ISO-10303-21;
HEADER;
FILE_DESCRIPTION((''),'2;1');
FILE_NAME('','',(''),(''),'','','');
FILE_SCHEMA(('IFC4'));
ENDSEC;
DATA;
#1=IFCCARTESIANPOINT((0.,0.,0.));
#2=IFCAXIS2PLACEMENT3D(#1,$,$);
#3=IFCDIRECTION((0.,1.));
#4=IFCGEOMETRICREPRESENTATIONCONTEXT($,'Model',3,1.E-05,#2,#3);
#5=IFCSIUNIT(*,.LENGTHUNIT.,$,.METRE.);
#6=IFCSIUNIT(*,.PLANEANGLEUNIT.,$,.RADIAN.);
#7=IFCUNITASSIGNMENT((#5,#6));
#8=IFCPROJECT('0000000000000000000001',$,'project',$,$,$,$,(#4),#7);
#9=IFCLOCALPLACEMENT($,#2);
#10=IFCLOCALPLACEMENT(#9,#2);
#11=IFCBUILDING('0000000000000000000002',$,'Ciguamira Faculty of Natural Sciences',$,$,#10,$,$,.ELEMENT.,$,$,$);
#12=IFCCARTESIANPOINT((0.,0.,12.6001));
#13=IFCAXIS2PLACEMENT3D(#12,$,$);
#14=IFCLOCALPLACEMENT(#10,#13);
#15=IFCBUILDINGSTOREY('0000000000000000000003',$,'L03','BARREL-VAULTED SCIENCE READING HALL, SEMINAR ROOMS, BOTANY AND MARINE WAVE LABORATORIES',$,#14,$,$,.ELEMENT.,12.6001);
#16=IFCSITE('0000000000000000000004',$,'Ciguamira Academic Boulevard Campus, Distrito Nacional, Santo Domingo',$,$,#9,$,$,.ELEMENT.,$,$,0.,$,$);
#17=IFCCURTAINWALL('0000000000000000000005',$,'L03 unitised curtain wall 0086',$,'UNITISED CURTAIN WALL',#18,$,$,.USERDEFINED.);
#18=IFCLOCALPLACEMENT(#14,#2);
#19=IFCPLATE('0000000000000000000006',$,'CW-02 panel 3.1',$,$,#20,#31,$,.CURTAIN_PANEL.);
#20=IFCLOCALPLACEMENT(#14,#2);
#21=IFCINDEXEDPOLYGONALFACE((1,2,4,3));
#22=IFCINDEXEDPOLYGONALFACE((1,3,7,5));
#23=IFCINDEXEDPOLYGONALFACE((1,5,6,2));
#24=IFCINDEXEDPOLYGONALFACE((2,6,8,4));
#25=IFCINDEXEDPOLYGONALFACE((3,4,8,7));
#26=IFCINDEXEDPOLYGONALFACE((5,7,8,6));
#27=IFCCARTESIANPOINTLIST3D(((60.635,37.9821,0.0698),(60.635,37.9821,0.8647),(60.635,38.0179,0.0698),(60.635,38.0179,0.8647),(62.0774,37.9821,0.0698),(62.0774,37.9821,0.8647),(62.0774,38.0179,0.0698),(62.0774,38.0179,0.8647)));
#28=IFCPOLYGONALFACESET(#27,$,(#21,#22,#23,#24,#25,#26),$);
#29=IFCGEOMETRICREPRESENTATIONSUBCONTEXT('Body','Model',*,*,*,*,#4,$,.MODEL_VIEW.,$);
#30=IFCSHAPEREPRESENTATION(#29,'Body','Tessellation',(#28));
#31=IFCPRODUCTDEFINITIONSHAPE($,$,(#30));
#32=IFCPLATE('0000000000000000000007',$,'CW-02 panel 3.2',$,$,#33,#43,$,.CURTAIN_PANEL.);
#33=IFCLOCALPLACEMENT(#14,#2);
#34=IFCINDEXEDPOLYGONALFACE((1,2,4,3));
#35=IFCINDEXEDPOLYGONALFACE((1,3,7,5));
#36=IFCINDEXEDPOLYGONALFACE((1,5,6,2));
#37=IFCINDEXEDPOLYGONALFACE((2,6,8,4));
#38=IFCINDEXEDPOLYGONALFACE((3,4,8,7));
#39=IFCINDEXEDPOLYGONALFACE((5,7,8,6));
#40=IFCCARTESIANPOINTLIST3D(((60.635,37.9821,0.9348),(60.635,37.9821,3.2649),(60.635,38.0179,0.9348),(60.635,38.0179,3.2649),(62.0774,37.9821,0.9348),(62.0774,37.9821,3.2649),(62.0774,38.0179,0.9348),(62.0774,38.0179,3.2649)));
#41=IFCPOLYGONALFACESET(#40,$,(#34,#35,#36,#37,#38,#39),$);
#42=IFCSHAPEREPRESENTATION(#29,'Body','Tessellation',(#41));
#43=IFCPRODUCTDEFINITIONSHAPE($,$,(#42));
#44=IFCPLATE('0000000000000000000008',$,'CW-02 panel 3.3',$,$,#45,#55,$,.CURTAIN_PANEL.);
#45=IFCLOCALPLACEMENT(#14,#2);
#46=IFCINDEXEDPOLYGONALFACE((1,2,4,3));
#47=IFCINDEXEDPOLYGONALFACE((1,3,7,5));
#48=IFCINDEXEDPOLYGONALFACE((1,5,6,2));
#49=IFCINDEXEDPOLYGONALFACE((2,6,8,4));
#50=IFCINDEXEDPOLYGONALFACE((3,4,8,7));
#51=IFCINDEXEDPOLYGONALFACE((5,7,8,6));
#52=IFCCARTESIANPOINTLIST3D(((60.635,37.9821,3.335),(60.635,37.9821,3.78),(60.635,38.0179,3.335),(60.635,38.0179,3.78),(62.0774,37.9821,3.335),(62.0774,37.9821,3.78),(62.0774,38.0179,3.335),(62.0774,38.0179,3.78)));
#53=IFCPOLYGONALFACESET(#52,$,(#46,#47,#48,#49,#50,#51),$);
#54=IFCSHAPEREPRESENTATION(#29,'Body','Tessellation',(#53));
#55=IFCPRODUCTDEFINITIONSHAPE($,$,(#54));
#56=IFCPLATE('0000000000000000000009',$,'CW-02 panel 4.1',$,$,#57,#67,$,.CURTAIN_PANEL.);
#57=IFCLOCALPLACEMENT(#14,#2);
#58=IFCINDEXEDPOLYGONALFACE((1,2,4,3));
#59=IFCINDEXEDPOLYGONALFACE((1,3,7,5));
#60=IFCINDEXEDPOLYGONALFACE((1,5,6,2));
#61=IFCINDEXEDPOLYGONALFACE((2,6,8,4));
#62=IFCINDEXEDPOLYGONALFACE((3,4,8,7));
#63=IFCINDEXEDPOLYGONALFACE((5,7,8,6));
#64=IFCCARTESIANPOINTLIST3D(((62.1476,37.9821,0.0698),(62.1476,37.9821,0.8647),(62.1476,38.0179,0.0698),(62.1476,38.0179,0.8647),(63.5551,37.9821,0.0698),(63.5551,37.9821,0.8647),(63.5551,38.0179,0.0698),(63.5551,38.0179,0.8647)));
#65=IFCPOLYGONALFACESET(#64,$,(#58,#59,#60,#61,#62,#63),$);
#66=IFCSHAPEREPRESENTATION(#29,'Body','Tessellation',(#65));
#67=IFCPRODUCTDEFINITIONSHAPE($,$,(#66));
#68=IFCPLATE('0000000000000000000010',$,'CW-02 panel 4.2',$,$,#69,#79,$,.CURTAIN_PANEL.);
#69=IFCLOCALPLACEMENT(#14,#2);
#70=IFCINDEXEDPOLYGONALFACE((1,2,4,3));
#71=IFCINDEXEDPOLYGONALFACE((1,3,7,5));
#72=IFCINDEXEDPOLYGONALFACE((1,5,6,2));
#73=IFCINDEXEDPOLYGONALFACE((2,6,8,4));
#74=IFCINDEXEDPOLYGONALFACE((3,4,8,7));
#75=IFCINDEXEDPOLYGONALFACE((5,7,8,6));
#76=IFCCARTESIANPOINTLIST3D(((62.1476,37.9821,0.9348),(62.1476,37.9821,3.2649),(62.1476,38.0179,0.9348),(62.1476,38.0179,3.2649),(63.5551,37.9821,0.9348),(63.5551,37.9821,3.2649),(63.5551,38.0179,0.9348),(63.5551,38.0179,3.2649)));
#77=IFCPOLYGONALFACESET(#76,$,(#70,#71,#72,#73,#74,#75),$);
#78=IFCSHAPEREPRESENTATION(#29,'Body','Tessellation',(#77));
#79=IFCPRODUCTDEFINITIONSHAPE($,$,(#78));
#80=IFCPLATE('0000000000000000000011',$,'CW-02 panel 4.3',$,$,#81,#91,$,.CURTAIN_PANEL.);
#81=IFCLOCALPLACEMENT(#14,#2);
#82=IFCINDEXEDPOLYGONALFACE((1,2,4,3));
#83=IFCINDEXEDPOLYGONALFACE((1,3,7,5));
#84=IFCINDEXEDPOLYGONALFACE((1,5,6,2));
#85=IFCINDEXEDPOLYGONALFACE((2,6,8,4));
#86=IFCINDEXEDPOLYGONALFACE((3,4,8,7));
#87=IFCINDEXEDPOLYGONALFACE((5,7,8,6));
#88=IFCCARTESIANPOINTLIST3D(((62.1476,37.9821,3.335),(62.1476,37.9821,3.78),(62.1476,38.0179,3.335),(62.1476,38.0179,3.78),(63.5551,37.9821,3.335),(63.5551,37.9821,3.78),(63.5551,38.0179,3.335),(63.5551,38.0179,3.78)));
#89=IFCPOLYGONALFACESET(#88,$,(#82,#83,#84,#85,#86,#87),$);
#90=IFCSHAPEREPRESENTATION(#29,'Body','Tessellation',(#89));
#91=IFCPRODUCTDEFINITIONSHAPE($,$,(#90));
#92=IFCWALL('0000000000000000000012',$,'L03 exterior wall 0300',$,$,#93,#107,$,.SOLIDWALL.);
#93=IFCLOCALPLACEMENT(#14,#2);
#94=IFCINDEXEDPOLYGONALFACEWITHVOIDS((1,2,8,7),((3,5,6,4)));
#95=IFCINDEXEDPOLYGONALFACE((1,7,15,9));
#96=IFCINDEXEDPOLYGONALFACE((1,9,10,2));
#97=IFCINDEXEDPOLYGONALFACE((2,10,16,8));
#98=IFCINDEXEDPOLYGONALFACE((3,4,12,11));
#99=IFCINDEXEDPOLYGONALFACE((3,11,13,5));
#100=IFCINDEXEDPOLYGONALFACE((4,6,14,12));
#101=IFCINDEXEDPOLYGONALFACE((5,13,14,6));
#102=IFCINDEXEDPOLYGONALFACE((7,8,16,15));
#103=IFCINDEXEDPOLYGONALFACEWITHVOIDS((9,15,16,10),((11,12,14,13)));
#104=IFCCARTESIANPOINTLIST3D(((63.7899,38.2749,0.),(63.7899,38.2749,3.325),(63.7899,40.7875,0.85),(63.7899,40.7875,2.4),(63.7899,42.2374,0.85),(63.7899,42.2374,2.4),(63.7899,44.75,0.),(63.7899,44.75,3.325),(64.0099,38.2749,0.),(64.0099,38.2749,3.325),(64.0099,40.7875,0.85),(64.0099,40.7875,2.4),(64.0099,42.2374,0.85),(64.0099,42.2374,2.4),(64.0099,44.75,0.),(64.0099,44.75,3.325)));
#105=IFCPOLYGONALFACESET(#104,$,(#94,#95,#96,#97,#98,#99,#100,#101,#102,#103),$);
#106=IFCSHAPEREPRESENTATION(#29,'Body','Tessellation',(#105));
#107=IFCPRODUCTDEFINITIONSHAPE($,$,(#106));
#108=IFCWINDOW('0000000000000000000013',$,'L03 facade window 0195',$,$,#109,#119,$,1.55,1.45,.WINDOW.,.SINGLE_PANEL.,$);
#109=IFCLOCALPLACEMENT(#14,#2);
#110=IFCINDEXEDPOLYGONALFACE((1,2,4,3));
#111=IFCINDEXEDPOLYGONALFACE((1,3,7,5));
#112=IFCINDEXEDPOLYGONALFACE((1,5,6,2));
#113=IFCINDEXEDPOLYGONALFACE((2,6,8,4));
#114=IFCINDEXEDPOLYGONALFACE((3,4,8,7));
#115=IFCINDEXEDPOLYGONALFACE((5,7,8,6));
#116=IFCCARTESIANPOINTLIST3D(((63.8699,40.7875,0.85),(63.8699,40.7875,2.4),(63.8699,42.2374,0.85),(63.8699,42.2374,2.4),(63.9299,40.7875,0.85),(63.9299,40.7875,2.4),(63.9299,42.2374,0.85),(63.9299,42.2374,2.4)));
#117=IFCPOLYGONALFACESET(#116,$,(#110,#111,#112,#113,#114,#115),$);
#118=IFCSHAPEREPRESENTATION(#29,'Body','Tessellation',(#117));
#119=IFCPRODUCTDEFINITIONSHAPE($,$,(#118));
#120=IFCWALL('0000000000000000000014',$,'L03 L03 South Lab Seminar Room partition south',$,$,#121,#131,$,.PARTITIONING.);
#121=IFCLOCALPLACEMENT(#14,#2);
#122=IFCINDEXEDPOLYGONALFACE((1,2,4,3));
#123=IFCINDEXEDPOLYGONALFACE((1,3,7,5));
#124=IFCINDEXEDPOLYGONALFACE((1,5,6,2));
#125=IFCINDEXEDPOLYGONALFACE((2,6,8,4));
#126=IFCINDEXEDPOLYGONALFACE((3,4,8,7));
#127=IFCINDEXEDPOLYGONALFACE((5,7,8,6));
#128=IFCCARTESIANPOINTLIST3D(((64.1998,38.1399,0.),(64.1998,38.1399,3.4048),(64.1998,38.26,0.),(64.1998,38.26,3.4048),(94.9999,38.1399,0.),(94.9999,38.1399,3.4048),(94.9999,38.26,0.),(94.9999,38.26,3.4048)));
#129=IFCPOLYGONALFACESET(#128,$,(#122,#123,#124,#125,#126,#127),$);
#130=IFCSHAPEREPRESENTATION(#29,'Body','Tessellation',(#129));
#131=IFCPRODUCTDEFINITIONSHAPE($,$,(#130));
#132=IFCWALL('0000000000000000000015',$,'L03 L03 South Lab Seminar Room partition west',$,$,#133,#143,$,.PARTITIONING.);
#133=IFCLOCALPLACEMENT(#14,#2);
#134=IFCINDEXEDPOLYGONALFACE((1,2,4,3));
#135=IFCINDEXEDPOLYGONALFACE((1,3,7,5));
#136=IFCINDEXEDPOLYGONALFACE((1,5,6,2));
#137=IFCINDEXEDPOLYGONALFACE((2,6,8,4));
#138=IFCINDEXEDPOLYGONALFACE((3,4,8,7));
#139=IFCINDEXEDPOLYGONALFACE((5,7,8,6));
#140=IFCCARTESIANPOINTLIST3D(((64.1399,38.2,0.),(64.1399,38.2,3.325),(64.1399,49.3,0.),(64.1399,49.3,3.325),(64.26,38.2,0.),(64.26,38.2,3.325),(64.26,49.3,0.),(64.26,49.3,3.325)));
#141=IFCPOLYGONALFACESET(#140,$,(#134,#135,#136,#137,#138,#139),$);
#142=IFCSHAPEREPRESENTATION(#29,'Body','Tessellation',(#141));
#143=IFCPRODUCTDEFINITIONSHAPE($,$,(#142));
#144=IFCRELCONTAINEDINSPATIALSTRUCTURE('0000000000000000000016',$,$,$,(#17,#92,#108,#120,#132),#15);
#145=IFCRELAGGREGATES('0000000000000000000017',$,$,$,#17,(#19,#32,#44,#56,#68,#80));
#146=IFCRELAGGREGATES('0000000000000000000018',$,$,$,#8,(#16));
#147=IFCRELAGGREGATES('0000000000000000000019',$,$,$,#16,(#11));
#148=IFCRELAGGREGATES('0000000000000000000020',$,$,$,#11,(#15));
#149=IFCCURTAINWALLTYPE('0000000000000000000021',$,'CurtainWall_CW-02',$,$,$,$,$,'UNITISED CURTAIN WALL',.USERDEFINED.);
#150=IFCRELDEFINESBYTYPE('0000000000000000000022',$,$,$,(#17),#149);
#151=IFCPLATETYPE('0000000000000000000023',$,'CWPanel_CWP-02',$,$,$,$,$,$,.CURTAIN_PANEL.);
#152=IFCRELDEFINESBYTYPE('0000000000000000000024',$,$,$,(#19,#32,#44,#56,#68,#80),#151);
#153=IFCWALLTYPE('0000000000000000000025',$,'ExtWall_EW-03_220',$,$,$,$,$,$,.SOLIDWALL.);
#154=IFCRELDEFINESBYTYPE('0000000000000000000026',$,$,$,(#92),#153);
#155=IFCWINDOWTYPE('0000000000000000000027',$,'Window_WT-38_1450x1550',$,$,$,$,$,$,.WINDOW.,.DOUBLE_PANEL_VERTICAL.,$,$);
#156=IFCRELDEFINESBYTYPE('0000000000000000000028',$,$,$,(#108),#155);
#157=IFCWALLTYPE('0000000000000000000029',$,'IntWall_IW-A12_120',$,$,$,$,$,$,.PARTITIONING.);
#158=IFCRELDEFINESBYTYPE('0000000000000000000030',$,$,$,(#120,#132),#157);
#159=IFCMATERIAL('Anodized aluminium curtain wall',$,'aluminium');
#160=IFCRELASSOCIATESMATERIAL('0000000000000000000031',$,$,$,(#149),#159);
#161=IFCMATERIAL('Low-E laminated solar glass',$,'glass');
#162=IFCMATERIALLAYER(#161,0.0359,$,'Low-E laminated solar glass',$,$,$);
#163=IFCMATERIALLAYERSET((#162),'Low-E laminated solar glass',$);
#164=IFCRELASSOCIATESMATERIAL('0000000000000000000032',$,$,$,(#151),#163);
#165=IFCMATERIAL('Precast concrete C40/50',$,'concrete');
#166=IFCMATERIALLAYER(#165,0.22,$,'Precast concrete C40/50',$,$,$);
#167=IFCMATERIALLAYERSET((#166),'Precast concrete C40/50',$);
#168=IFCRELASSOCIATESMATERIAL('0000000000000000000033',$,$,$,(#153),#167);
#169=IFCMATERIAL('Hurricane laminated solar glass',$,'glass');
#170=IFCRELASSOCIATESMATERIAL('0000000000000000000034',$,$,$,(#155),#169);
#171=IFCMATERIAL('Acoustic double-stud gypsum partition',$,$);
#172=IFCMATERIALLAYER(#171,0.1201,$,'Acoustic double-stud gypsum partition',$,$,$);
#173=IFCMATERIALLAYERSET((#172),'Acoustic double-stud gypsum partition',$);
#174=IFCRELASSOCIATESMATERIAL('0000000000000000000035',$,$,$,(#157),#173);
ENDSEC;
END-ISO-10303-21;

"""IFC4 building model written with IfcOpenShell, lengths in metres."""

from ifc_helpers import new_model, si_unit, direction, frame, frame_2d, origin, origin_2d, place, context, subcontext, project, spatial, rectangle, extrude, material, layer, layer_set, type_object, element, fill, aggregate, save


model = new_model("IFC4")

# Units and contexts
model_context = context("Model", 3, precision=1e-05, world=origin(), true_north=direction((0.0, 1.0)))
body_context = subcontext(model_context, "Body", "Model", "MODEL_VIEW")
ifc_project = project(units=[si_unit("LENGTHUNIT", "METRE"), si_unit("PLANEANGLEUNIT", "RADIAN")], contexts=[model_context])

# Site, building, storey
site_placement = place(None, origin())
site = spatial("IfcSite", under=ifc_project, at=site_placement, Name="Ciguamira Academic Boulevard Campus, Distrito Nacional, Santo Domingo", CompositionType="ELEMENT", RefElevation=0.0)
building_placement = place(site_placement, origin())
building = spatial("IfcBuilding", under=site, at=building_placement, Name="Ciguamira Faculty of Natural Sciences", CompositionType="ELEMENT")
storey_placement = place(building_placement, frame((0.0, 0.0, 12.6001)))
storey = spatial("IfcBuildingStorey", under=building, at=storey_placement, Name="L03", Description="BARREL-VAULTED SCIENCE READING HALL, SEMINAR ROOMS, BOTANY AND MARINE WAVE LABORATORIES", CompositionType="ELEMENT", Elevation=12.6001)

# Curtain wall
ifc_material_1 = material(Name="Anodized aluminium curtain wall", Category="aluminium")
curtain_wall_type = type_object("IfcCurtainWallType", Name="CurtainWall_CW-02", ElementType="UNITISED CURTAIN WALL", PredefinedType="USERDEFINED", material=ifc_material_1)
curtain_wall_placement = place(storey_placement, origin())
curtain_wall = element("IfcCurtainWall", 1, at=curtain_wall_placement, inside=storey, type_object=curtain_wall_type, Name="L03 unitised curtain wall 0086", ObjectType="UNITISED CURTAIN WALL", PredefinedType="USERDEFINED")

# Shared definitions
ifc_material_2 = material(Name="Precast concrete C40/50", Category="concrete")

# Plates
ifc_material_3 = material(Name="Low-E laminated solar glass", Category="glass")
ifc_layer_1 = layer(ifc_material_3, 0.0359, Name="Low-E laminated solar glass")
ifc_layer_set_1 = layer_set([ifc_layer_1], Name="Low-E laminated solar glass")
plate_type = type_object("IfcPlateType", Name="CWPanel_CWP-02", PredefinedType="CURTAIN_PANEL", material=ifc_layer_set_1)
plate_1_placement = place(storey_placement, frame((61.3562, 38.0, 0.0698), z_axis=(0.0, 0.0, 1.0), x_axis=(1.0, 0.0, 0.0)))
plate_1 = element("IfcPlate", 2, at=plate_1_placement, type_object=plate_type, Name="CW-02 panel 3.1", PredefinedType="CURTAIN_PANEL", context=body_context, shape_type="SweptSolid", body=[
    extrude(rectangle(XDim=1.4424, YDim=0.0359, at=origin_2d()), origin(), (0.0, 0.0, 1.0), 0.7949),
])
plate_2_placement = place(storey_placement, frame((61.3562, 38.0, 0.9348), z_axis=(0.0, 0.0, 1.0), x_axis=(1.0, 0.0, 0.0)))
plate_2 = element("IfcPlate", 3, at=plate_2_placement, type_object=plate_type, Name="CW-02 panel 3.2", PredefinedType="CURTAIN_PANEL", context=body_context, shape_type="SweptSolid", body=[
    extrude(rectangle(XDim=1.4424, YDim=0.0359, at=origin_2d()), origin(), (0.0, 0.0, 1.0), 2.3301),
])
plate_3_placement = place(storey_placement, frame((61.3562, 38.0, 3.335), z_axis=(0.0, 0.0, 1.0), x_axis=(1.0, 0.0, 0.0)))
plate_3 = element("IfcPlate", 4, at=plate_3_placement, type_object=plate_type, Name="CW-02 panel 3.3", PredefinedType="CURTAIN_PANEL", context=body_context, shape_type="SweptSolid", body=[
    extrude(rectangle(XDim=1.4424, YDim=0.0359, at=origin_2d()), origin(), (0.0, 0.0, 1.0), 0.4451),
])
plate_4_placement = place(storey_placement, frame((62.8513, 38.0, 0.0698), z_axis=(0.0, 0.0, 1.0), x_axis=(1.0, 0.0, 0.0)))
plate_4 = element("IfcPlate", 5, at=plate_4_placement, type_object=plate_type, Name="CW-02 panel 4.1", PredefinedType="CURTAIN_PANEL", context=body_context, shape_type="SweptSolid", body=[
    extrude(rectangle(XDim=1.4075, YDim=0.0359, at=origin_2d()), origin(), (0.0, 0.0, 1.0), 0.7949),
])
plate_5_placement = place(storey_placement, frame((62.8513, 38.0, 0.9348), z_axis=(0.0, 0.0, 1.0), x_axis=(1.0, 0.0, 0.0)))
plate_5 = element("IfcPlate", 6, at=plate_5_placement, type_object=plate_type, Name="CW-02 panel 4.2", PredefinedType="CURTAIN_PANEL", context=body_context, shape_type="SweptSolid", body=[
    extrude(rectangle(XDim=1.4075, YDim=0.0359, at=origin_2d()), origin(), (0.0, 0.0, 1.0), 2.3301),
])
plate_6_placement = place(storey_placement, frame((62.8513, 38.0, 3.335), z_axis=(0.0, 0.0, 1.0), x_axis=(1.0, 0.0, 0.0)))
plate_6 = element("IfcPlate", 7, at=plate_6_placement, type_object=plate_type, Name="CW-02 panel 4.3", PredefinedType="CURTAIN_PANEL", context=body_context, shape_type="SweptSolid", body=[
    extrude(rectangle(XDim=1.4075, YDim=0.0359, at=origin_2d()), origin(), (0.0, 0.0, 1.0), 0.4451),
])
aggregate(curtain_wall, [plate_1, plate_2, plate_3, plate_4, plate_5, plate_6])

# Wall, opening, window
ifc_layer_2 = layer(ifc_material_2, 0.22, Name="Precast concrete C40/50")
ifc_layer_set_2 = layer_set([ifc_layer_2], Name="Precast concrete C40/50")
wall_type_1 = type_object("IfcWallType", Name="ExtWall_EW-03_220", PredefinedType="SOLIDWALL", material=ifc_layer_set_2)
wall_1_placement = place(storey_placement, frame((63.8999, 38.2749, 0.0), z_axis=(0.0, 0.0, 1.0), x_axis=(0.0, 1.0, 0.0)))
wall_1 = element("IfcWall", 8, at=wall_1_placement, inside=storey, type_object=wall_type_1, Name="L03 exterior wall 0300", PredefinedType="SOLIDWALL", context=body_context, shape_type="SweptSolid", body=[
    extrude(rectangle(XDim=6.4751, YDim=0.22, at=frame_2d((3.2375, 0.0))), origin(), (0.0, 0.0, 1.0), 3.325),
])
opening_placement = place(wall_1_placement, frame((2.5125, 0.0, 0.8501)))
opening = element("IfcOpeningElement", 9, at=opening_placement, cuts=wall_1, PredefinedType="OPENING", context=body_context, shape_type="SweptSolid", body=[
    extrude(rectangle(XDim=1.45, YDim=1.55, at=frame_2d((0.7251, 0.7749))), frame((0.0, 0.1199, 0.0), z_axis=(0.0, -1.0, 0.0), x_axis=(1.0, 0.0, 0.0)), (0.0, 0.0, 1.0), 0.24),
])
ifc_material_4 = material(Name="Hurricane laminated solar glass", Category="glass")
window_type = type_object("IfcWindowType", Name="Window_WT-38_1450x1550", PartitioningType="DOUBLE_PANEL_VERTICAL", PredefinedType="WINDOW", material=ifc_material_4)
window_placement = place(opening_placement, origin())
window = element("IfcWindow", 10, at=window_placement, inside=storey, type_object=window_type, Name="L03 facade window 0195", OverallHeight=1.55, OverallWidth=1.45, PartitioningType="SINGLE_PANEL", PredefinedType="WINDOW", context=body_context, shape_type="SweptSolid", body=[
    extrude(rectangle(XDim=1.45, YDim=1.55, at=frame_2d((0.7251, 0.7749))), frame((0.0, 0.03, 0.0), z_axis=(0.0, -1.0, 0.0), x_axis=(1.0, 0.0, 0.0)), (0.0, 0.0, 1.0), 0.0601),
])
fill(opening, window)

# Walls
ifc_material_5 = material(Name="Acoustic double-stud gypsum partition")
ifc_layer_3 = layer(ifc_material_5, 0.1201, Name="Acoustic double-stud gypsum partition")
ifc_layer_set_3 = layer_set([ifc_layer_3], Name="Acoustic double-stud gypsum partition")
wall_type_2 = type_object("IfcWallType", Name="IntWall_IW-A12_120", PredefinedType="PARTITIONING", material=ifc_layer_set_3)
wall_2_placement = place(storey_placement, frame((64.2, 38.2, 0.0), z_axis=(0.0, 0.0, 1.0), x_axis=(1.0, 0.0, 0.0)))
element("IfcWall", 11, at=wall_2_placement, inside=storey, type_object=wall_type_2, Name="L03 L03 South Lab Seminar Room partition south", PredefinedType="PARTITIONING", context=body_context, shape_type="SweptSolid", body=[
    extrude(rectangle(XDim=30.8, YDim=0.1201, at=frame_2d((15.3999, 0.0))), origin(), (0.0, 0.0, 1.0), 3.4048),
])
wall_3_placement = place(storey_placement, frame((64.2, 38.2, 0.0), z_axis=(0.0, 0.0, 1.0), x_axis=(0.0, 1.0, 0.0)))
element("IfcWall", 12, at=wall_3_placement, inside=storey, type_object=wall_type_2, Name="L03 L03 South Lab Seminar Room partition west", PredefinedType="PARTITIONING", context=body_context, shape_type="SweptSolid", body=[
    extrude(rectangle(XDim=11.1001, YDim=0.1201, at=frame_2d((5.55, 0.0))), origin(), (0.0, 0.0, 1.0), 3.325),
])

save(model, "model.ifc")
